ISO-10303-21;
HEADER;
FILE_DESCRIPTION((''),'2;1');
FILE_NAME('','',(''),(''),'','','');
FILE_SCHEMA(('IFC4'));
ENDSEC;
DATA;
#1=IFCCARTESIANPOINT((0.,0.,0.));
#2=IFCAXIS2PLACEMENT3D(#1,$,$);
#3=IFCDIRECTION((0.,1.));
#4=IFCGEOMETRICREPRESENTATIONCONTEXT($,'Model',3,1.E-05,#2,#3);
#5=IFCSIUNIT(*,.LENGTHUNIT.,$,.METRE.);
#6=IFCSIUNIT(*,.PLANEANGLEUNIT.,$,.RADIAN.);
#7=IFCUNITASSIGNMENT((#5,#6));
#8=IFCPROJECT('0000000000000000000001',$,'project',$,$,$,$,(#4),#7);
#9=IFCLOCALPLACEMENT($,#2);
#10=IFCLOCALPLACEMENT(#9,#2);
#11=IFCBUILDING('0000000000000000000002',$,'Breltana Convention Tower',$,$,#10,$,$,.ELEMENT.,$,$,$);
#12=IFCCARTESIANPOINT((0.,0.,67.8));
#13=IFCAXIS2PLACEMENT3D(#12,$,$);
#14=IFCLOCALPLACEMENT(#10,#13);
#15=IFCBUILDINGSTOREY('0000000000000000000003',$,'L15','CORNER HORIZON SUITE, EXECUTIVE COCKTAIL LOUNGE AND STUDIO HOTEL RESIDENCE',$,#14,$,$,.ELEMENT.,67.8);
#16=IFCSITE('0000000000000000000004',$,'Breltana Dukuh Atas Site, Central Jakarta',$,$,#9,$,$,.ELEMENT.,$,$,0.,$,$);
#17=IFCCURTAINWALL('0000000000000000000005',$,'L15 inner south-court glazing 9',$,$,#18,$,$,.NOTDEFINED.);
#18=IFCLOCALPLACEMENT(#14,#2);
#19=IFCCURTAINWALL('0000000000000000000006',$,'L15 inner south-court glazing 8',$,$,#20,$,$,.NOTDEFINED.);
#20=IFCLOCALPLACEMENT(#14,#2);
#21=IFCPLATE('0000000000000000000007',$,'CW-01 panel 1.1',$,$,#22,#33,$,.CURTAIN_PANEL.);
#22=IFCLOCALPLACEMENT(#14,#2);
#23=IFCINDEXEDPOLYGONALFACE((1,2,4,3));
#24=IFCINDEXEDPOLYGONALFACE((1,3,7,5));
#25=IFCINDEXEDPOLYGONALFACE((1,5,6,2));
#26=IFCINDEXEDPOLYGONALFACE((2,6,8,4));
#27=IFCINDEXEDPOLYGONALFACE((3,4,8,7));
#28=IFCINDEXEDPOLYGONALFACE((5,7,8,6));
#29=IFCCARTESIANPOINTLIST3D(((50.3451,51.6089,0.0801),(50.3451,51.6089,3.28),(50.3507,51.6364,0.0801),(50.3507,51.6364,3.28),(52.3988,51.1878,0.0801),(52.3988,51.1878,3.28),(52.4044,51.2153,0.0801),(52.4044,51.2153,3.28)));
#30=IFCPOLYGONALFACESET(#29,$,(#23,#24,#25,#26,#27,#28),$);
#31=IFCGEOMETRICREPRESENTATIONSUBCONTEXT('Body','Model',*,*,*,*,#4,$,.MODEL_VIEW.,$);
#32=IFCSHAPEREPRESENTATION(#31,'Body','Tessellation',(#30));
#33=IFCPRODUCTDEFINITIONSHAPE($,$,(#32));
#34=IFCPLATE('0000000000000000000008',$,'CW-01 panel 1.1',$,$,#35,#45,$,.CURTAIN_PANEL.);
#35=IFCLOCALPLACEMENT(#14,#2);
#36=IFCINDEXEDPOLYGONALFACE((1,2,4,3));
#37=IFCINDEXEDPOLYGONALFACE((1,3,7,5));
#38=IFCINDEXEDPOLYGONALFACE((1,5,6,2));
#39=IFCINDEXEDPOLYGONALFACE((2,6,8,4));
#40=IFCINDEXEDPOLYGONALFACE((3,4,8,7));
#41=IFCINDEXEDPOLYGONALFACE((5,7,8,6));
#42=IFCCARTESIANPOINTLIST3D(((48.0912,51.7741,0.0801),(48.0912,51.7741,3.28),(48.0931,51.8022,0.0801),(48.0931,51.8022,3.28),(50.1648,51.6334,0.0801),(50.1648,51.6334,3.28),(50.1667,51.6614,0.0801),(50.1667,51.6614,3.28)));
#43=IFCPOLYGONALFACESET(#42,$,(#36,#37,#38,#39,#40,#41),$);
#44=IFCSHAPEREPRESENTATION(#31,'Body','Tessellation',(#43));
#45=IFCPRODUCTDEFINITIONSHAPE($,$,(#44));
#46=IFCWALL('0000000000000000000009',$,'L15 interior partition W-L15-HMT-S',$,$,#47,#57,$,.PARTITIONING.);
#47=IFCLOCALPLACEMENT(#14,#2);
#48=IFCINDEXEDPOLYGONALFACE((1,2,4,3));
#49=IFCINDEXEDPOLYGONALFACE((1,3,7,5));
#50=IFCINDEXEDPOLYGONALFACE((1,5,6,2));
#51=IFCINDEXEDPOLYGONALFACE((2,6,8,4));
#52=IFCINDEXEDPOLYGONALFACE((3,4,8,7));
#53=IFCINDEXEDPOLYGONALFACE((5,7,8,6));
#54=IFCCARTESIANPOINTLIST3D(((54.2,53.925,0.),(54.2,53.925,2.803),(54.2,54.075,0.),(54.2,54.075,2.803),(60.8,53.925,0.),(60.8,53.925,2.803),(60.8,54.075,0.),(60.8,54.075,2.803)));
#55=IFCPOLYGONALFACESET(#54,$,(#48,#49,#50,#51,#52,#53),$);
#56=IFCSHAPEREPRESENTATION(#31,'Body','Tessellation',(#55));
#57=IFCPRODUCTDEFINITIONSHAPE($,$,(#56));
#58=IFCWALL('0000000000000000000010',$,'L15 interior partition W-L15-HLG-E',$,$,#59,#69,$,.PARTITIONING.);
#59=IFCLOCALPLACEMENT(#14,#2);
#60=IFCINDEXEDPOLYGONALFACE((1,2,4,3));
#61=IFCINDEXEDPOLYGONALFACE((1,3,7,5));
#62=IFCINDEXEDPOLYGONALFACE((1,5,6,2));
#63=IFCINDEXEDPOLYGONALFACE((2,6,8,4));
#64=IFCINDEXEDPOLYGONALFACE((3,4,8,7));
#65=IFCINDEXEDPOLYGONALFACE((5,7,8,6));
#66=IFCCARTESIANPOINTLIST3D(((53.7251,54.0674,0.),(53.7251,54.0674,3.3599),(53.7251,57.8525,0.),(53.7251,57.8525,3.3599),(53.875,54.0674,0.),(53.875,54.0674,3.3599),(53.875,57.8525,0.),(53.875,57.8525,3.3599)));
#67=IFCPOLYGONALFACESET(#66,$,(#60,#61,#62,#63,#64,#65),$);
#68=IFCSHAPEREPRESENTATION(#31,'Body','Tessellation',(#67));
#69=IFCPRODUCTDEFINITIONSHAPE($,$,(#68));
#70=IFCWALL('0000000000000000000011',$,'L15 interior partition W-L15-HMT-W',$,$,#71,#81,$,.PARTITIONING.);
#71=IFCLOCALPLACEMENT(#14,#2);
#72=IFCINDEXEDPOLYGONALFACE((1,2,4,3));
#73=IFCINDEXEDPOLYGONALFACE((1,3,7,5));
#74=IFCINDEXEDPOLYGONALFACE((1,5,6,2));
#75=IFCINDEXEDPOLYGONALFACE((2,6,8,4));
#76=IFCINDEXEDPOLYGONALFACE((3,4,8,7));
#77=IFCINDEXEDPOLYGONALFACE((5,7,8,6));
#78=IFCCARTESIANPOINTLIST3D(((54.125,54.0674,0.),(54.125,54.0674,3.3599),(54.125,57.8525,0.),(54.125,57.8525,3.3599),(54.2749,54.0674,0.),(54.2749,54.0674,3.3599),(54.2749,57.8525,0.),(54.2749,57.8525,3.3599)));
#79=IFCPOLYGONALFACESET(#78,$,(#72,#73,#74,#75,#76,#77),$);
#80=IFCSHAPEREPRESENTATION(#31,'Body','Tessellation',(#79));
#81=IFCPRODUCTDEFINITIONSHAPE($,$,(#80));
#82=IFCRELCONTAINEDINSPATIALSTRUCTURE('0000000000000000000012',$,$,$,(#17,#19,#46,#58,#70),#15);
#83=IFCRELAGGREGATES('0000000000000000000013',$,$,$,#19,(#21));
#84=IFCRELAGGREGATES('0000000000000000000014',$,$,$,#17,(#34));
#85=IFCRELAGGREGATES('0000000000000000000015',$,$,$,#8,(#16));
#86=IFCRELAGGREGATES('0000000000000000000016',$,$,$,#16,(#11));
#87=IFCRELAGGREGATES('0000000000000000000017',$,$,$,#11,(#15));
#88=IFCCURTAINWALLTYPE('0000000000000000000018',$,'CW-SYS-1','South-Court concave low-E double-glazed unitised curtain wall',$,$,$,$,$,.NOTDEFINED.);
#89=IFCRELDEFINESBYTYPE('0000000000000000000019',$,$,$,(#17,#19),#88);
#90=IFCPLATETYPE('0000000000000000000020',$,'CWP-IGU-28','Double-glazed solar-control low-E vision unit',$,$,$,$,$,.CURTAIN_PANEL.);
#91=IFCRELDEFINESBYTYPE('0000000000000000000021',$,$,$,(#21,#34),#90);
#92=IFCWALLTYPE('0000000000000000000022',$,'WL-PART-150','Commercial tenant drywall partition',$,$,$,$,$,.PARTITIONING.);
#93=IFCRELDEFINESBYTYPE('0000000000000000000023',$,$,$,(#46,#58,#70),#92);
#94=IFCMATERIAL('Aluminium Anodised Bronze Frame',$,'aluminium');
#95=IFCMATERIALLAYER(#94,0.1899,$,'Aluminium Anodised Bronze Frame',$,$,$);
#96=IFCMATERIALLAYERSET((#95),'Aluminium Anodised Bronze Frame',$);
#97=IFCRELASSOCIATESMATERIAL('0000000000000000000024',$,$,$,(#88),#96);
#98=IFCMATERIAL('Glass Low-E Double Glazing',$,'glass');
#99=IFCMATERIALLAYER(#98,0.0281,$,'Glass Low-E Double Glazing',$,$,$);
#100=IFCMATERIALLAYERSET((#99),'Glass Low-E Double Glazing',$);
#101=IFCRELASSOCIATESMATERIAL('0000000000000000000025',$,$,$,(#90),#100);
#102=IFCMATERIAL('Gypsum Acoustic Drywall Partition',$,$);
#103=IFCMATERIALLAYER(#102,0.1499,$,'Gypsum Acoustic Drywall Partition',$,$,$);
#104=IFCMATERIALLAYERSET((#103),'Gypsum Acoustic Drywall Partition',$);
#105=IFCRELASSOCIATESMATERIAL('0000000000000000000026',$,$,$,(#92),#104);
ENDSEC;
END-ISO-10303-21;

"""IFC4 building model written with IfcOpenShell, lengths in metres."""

from ifc_helpers import new_model, si_unit, direction, frame, frame_2d, origin, origin_2d, place, context, subcontext, project, spatial, rectangle, extrude, source, transform, mapped, material, layer, layer_set, type_object, element, aggregate, save


model = new_model("IFC4")

# Units and contexts
model_context = context("Model", 3, precision=1e-05, world=origin(), true_north=direction((0.0, 1.0)))
body_context = subcontext(model_context, "Body", "Model", "MODEL_VIEW")
ifc_project = project(units=[si_unit("LENGTHUNIT", "METRE"), si_unit("PLANEANGLEUNIT", "RADIAN")], contexts=[model_context])

# Site, building, storey
site_placement = place(None, origin())
site = spatial("IfcSite", under=ifc_project, at=site_placement, Name="Breltana Dukuh Atas Site, Central Jakarta", CompositionType="ELEMENT", RefElevation=0.0)
building_placement = place(site_placement, origin())
building = spatial("IfcBuilding", under=site, at=building_placement, Name="Breltana Convention Tower", CompositionType="ELEMENT")
storey_placement = place(building_placement, frame((0.0, 0.0, 67.8)))
storey = spatial("IfcBuildingStorey", under=building, at=storey_placement, Name="L15", Description="CORNER HORIZON SUITE, EXECUTIVE COCKTAIL LOUNGE AND STUDIO HOTEL RESIDENCE", CompositionType="ELEMENT", Elevation=67.8)

# Curtain walls
ifc_material_1 = material(Name="Aluminium Anodised Bronze Frame", Category="aluminium")
ifc_layer_1 = layer(ifc_material_1, 0.1899, Name="Aluminium Anodised Bronze Frame")
ifc_layer_set_1 = layer_set([ifc_layer_1], Name="Aluminium Anodised Bronze Frame")
curtain_wall_type = type_object("IfcCurtainWallType", Name="CW-SYS-1", Description="South-Court concave low-E double-glazed unitised curtain wall", PredefinedType="NOTDEFINED", material=ifc_layer_set_1)
curtain_wall_1_placement = place(storey_placement, origin())
curtain_wall_1 = element("IfcCurtainWall", 1, at=curtain_wall_1_placement, inside=storey, type_object=curtain_wall_type, Name="L15 inner south-court glazing 9", PredefinedType="NOTDEFINED")
curtain_wall_2_placement = place(storey_placement, origin())
curtain_wall_2 = element("IfcCurtainWall", 2, at=curtain_wall_2_placement, inside=storey, type_object=curtain_wall_type, Name="L15 inner south-court glazing 8", PredefinedType="NOTDEFINED")

# Plates
ifc_material_2 = material(Name="Glass Low-E Double Glazing", Category="glass")
ifc_layer_2 = layer(ifc_material_2, 0.0281, Name="Glass Low-E Double Glazing")
ifc_layer_set_2 = layer_set([ifc_layer_2], Name="Glass Low-E Double Glazing")
plate_type = type_object("IfcPlateType", Name="CWP-IGU-28", Description="Double-glazed solar-control low-E vision unit", PredefinedType="CURTAIN_PANEL", material=ifc_layer_set_2)
shared_shape_1 = source(origin(), body_context, "Body", "SweptSolid", [
    extrude(rectangle(XDim=2.0964, YDim=0.0281, at=origin_2d()), origin(), (0.0, 0.0, 1.0), 3.2),
])
plate_1_placement = place(storey_placement, frame((51.3748, 51.4121, 0.0801), z_axis=(0.0, 0.0, 1.0), x_axis=(-0.979615, 0.200886, 0.0)))
plate_1 = element("IfcPlate", 3, at=plate_1_placement, type_object=plate_type, Name="CW-01 panel 1.1", PredefinedType="CURTAIN_PANEL", context=body_context, shape_type="MappedRepresentation", body=[
    mapped(shared_shape_1, transform((0.0, 0.0, 0.0), scale=1.0)),
])
aggregate(curtain_wall_2, [plate_1])
shared_shape_2 = source(origin(), body_context, "Body", "SweptSolid", [
    extrude(rectangle(XDim=2.0784, YDim=0.0281, at=origin_2d()), origin(), (0.0, 0.0, 1.0), 3.2),
])
plate_2_placement = place(storey_placement, frame((49.1289, 51.7178, 0.0801), z_axis=(0.0, 0.0, 1.0), x_axis=(-0.997704, 0.067726, 0.0)))
plate_2 = element("IfcPlate", 4, at=plate_2_placement, type_object=plate_type, Name="CW-01 panel 1.1", PredefinedType="CURTAIN_PANEL", context=body_context, shape_type="MappedRepresentation", body=[
    mapped(shared_shape_2, transform((0.0, 0.0, 0.0), scale=1.0)),
])
aggregate(curtain_wall_1, [plate_2])

# Walls
ifc_material_3 = material(Name="Gypsum Acoustic Drywall Partition")
ifc_layer_3 = layer(ifc_material_3, 0.1499, Name="Gypsum Acoustic Drywall Partition")
ifc_layer_set_3 = layer_set([ifc_layer_3], Name="Gypsum Acoustic Drywall Partition")
wall_type = type_object("IfcWallType", Name="WL-PART-150", Description="Commercial tenant drywall partition", PredefinedType="PARTITIONING", material=ifc_layer_set_3)
shared_shape_3 = source(origin(), body_context, "Body", "SweptSolid", [
    extrude(rectangle(XDim=6.6001, YDim=0.1499, at=frame_2d((3.3, 0.0))), origin(), (0.0, 0.0, 1.0), 2.803),
])
wall_placement = place(storey_placement, frame((54.2, 54.0, 0.0), z_axis=(0.0, 0.0, 1.0), x_axis=(1.0, 0.0, 0.0)))
element("IfcWall", 5, at=wall_placement, inside=storey, type_object=wall_type, Name="L15 interior partition W-L15-HMT-S", PredefinedType="PARTITIONING", context=body_context, shape_type="MappedRepresentation", body=[
    mapped(shared_shape_3, transform((0.0, 0.0, 0.0), scale=1.0)),
])
shared_shape_4 = source(origin(), body_context, "Body", "SweptSolid", [
    extrude(rectangle(XDim=3.7852, YDim=0.1499, at=frame_2d((1.8926, 0.0))), origin(), (0.0, 0.0, 1.0), 3.3599),
])
for number, where, z_axis, x_axis, name in (
    (6, (53.8, 54.0674, 0.0), (0.0, 0.0, 1.0), (0.0, 1.0, 0.0), "L15 interior partition W-L15-HLG-E"),
    (7, (54.2, 54.0674, 0.0), (0.0, 0.0, 1.0), (0.0, 1.0, 0.0), "L15 interior partition W-L15-HMT-W"),
):
    element("IfcWall", number, at=place(storey_placement, frame(where, z_axis=z_axis, x_axis=x_axis)), inside=storey, type_object=wall_type, Name=name, PredefinedType="PARTITIONING", context=body_context, shape_type="MappedRepresentation", body=[
        mapped(shared_shape_4, transform((0.0, 0.0, 0.0), scale=1.0)),
    ])

save(model, "model.ifc")
